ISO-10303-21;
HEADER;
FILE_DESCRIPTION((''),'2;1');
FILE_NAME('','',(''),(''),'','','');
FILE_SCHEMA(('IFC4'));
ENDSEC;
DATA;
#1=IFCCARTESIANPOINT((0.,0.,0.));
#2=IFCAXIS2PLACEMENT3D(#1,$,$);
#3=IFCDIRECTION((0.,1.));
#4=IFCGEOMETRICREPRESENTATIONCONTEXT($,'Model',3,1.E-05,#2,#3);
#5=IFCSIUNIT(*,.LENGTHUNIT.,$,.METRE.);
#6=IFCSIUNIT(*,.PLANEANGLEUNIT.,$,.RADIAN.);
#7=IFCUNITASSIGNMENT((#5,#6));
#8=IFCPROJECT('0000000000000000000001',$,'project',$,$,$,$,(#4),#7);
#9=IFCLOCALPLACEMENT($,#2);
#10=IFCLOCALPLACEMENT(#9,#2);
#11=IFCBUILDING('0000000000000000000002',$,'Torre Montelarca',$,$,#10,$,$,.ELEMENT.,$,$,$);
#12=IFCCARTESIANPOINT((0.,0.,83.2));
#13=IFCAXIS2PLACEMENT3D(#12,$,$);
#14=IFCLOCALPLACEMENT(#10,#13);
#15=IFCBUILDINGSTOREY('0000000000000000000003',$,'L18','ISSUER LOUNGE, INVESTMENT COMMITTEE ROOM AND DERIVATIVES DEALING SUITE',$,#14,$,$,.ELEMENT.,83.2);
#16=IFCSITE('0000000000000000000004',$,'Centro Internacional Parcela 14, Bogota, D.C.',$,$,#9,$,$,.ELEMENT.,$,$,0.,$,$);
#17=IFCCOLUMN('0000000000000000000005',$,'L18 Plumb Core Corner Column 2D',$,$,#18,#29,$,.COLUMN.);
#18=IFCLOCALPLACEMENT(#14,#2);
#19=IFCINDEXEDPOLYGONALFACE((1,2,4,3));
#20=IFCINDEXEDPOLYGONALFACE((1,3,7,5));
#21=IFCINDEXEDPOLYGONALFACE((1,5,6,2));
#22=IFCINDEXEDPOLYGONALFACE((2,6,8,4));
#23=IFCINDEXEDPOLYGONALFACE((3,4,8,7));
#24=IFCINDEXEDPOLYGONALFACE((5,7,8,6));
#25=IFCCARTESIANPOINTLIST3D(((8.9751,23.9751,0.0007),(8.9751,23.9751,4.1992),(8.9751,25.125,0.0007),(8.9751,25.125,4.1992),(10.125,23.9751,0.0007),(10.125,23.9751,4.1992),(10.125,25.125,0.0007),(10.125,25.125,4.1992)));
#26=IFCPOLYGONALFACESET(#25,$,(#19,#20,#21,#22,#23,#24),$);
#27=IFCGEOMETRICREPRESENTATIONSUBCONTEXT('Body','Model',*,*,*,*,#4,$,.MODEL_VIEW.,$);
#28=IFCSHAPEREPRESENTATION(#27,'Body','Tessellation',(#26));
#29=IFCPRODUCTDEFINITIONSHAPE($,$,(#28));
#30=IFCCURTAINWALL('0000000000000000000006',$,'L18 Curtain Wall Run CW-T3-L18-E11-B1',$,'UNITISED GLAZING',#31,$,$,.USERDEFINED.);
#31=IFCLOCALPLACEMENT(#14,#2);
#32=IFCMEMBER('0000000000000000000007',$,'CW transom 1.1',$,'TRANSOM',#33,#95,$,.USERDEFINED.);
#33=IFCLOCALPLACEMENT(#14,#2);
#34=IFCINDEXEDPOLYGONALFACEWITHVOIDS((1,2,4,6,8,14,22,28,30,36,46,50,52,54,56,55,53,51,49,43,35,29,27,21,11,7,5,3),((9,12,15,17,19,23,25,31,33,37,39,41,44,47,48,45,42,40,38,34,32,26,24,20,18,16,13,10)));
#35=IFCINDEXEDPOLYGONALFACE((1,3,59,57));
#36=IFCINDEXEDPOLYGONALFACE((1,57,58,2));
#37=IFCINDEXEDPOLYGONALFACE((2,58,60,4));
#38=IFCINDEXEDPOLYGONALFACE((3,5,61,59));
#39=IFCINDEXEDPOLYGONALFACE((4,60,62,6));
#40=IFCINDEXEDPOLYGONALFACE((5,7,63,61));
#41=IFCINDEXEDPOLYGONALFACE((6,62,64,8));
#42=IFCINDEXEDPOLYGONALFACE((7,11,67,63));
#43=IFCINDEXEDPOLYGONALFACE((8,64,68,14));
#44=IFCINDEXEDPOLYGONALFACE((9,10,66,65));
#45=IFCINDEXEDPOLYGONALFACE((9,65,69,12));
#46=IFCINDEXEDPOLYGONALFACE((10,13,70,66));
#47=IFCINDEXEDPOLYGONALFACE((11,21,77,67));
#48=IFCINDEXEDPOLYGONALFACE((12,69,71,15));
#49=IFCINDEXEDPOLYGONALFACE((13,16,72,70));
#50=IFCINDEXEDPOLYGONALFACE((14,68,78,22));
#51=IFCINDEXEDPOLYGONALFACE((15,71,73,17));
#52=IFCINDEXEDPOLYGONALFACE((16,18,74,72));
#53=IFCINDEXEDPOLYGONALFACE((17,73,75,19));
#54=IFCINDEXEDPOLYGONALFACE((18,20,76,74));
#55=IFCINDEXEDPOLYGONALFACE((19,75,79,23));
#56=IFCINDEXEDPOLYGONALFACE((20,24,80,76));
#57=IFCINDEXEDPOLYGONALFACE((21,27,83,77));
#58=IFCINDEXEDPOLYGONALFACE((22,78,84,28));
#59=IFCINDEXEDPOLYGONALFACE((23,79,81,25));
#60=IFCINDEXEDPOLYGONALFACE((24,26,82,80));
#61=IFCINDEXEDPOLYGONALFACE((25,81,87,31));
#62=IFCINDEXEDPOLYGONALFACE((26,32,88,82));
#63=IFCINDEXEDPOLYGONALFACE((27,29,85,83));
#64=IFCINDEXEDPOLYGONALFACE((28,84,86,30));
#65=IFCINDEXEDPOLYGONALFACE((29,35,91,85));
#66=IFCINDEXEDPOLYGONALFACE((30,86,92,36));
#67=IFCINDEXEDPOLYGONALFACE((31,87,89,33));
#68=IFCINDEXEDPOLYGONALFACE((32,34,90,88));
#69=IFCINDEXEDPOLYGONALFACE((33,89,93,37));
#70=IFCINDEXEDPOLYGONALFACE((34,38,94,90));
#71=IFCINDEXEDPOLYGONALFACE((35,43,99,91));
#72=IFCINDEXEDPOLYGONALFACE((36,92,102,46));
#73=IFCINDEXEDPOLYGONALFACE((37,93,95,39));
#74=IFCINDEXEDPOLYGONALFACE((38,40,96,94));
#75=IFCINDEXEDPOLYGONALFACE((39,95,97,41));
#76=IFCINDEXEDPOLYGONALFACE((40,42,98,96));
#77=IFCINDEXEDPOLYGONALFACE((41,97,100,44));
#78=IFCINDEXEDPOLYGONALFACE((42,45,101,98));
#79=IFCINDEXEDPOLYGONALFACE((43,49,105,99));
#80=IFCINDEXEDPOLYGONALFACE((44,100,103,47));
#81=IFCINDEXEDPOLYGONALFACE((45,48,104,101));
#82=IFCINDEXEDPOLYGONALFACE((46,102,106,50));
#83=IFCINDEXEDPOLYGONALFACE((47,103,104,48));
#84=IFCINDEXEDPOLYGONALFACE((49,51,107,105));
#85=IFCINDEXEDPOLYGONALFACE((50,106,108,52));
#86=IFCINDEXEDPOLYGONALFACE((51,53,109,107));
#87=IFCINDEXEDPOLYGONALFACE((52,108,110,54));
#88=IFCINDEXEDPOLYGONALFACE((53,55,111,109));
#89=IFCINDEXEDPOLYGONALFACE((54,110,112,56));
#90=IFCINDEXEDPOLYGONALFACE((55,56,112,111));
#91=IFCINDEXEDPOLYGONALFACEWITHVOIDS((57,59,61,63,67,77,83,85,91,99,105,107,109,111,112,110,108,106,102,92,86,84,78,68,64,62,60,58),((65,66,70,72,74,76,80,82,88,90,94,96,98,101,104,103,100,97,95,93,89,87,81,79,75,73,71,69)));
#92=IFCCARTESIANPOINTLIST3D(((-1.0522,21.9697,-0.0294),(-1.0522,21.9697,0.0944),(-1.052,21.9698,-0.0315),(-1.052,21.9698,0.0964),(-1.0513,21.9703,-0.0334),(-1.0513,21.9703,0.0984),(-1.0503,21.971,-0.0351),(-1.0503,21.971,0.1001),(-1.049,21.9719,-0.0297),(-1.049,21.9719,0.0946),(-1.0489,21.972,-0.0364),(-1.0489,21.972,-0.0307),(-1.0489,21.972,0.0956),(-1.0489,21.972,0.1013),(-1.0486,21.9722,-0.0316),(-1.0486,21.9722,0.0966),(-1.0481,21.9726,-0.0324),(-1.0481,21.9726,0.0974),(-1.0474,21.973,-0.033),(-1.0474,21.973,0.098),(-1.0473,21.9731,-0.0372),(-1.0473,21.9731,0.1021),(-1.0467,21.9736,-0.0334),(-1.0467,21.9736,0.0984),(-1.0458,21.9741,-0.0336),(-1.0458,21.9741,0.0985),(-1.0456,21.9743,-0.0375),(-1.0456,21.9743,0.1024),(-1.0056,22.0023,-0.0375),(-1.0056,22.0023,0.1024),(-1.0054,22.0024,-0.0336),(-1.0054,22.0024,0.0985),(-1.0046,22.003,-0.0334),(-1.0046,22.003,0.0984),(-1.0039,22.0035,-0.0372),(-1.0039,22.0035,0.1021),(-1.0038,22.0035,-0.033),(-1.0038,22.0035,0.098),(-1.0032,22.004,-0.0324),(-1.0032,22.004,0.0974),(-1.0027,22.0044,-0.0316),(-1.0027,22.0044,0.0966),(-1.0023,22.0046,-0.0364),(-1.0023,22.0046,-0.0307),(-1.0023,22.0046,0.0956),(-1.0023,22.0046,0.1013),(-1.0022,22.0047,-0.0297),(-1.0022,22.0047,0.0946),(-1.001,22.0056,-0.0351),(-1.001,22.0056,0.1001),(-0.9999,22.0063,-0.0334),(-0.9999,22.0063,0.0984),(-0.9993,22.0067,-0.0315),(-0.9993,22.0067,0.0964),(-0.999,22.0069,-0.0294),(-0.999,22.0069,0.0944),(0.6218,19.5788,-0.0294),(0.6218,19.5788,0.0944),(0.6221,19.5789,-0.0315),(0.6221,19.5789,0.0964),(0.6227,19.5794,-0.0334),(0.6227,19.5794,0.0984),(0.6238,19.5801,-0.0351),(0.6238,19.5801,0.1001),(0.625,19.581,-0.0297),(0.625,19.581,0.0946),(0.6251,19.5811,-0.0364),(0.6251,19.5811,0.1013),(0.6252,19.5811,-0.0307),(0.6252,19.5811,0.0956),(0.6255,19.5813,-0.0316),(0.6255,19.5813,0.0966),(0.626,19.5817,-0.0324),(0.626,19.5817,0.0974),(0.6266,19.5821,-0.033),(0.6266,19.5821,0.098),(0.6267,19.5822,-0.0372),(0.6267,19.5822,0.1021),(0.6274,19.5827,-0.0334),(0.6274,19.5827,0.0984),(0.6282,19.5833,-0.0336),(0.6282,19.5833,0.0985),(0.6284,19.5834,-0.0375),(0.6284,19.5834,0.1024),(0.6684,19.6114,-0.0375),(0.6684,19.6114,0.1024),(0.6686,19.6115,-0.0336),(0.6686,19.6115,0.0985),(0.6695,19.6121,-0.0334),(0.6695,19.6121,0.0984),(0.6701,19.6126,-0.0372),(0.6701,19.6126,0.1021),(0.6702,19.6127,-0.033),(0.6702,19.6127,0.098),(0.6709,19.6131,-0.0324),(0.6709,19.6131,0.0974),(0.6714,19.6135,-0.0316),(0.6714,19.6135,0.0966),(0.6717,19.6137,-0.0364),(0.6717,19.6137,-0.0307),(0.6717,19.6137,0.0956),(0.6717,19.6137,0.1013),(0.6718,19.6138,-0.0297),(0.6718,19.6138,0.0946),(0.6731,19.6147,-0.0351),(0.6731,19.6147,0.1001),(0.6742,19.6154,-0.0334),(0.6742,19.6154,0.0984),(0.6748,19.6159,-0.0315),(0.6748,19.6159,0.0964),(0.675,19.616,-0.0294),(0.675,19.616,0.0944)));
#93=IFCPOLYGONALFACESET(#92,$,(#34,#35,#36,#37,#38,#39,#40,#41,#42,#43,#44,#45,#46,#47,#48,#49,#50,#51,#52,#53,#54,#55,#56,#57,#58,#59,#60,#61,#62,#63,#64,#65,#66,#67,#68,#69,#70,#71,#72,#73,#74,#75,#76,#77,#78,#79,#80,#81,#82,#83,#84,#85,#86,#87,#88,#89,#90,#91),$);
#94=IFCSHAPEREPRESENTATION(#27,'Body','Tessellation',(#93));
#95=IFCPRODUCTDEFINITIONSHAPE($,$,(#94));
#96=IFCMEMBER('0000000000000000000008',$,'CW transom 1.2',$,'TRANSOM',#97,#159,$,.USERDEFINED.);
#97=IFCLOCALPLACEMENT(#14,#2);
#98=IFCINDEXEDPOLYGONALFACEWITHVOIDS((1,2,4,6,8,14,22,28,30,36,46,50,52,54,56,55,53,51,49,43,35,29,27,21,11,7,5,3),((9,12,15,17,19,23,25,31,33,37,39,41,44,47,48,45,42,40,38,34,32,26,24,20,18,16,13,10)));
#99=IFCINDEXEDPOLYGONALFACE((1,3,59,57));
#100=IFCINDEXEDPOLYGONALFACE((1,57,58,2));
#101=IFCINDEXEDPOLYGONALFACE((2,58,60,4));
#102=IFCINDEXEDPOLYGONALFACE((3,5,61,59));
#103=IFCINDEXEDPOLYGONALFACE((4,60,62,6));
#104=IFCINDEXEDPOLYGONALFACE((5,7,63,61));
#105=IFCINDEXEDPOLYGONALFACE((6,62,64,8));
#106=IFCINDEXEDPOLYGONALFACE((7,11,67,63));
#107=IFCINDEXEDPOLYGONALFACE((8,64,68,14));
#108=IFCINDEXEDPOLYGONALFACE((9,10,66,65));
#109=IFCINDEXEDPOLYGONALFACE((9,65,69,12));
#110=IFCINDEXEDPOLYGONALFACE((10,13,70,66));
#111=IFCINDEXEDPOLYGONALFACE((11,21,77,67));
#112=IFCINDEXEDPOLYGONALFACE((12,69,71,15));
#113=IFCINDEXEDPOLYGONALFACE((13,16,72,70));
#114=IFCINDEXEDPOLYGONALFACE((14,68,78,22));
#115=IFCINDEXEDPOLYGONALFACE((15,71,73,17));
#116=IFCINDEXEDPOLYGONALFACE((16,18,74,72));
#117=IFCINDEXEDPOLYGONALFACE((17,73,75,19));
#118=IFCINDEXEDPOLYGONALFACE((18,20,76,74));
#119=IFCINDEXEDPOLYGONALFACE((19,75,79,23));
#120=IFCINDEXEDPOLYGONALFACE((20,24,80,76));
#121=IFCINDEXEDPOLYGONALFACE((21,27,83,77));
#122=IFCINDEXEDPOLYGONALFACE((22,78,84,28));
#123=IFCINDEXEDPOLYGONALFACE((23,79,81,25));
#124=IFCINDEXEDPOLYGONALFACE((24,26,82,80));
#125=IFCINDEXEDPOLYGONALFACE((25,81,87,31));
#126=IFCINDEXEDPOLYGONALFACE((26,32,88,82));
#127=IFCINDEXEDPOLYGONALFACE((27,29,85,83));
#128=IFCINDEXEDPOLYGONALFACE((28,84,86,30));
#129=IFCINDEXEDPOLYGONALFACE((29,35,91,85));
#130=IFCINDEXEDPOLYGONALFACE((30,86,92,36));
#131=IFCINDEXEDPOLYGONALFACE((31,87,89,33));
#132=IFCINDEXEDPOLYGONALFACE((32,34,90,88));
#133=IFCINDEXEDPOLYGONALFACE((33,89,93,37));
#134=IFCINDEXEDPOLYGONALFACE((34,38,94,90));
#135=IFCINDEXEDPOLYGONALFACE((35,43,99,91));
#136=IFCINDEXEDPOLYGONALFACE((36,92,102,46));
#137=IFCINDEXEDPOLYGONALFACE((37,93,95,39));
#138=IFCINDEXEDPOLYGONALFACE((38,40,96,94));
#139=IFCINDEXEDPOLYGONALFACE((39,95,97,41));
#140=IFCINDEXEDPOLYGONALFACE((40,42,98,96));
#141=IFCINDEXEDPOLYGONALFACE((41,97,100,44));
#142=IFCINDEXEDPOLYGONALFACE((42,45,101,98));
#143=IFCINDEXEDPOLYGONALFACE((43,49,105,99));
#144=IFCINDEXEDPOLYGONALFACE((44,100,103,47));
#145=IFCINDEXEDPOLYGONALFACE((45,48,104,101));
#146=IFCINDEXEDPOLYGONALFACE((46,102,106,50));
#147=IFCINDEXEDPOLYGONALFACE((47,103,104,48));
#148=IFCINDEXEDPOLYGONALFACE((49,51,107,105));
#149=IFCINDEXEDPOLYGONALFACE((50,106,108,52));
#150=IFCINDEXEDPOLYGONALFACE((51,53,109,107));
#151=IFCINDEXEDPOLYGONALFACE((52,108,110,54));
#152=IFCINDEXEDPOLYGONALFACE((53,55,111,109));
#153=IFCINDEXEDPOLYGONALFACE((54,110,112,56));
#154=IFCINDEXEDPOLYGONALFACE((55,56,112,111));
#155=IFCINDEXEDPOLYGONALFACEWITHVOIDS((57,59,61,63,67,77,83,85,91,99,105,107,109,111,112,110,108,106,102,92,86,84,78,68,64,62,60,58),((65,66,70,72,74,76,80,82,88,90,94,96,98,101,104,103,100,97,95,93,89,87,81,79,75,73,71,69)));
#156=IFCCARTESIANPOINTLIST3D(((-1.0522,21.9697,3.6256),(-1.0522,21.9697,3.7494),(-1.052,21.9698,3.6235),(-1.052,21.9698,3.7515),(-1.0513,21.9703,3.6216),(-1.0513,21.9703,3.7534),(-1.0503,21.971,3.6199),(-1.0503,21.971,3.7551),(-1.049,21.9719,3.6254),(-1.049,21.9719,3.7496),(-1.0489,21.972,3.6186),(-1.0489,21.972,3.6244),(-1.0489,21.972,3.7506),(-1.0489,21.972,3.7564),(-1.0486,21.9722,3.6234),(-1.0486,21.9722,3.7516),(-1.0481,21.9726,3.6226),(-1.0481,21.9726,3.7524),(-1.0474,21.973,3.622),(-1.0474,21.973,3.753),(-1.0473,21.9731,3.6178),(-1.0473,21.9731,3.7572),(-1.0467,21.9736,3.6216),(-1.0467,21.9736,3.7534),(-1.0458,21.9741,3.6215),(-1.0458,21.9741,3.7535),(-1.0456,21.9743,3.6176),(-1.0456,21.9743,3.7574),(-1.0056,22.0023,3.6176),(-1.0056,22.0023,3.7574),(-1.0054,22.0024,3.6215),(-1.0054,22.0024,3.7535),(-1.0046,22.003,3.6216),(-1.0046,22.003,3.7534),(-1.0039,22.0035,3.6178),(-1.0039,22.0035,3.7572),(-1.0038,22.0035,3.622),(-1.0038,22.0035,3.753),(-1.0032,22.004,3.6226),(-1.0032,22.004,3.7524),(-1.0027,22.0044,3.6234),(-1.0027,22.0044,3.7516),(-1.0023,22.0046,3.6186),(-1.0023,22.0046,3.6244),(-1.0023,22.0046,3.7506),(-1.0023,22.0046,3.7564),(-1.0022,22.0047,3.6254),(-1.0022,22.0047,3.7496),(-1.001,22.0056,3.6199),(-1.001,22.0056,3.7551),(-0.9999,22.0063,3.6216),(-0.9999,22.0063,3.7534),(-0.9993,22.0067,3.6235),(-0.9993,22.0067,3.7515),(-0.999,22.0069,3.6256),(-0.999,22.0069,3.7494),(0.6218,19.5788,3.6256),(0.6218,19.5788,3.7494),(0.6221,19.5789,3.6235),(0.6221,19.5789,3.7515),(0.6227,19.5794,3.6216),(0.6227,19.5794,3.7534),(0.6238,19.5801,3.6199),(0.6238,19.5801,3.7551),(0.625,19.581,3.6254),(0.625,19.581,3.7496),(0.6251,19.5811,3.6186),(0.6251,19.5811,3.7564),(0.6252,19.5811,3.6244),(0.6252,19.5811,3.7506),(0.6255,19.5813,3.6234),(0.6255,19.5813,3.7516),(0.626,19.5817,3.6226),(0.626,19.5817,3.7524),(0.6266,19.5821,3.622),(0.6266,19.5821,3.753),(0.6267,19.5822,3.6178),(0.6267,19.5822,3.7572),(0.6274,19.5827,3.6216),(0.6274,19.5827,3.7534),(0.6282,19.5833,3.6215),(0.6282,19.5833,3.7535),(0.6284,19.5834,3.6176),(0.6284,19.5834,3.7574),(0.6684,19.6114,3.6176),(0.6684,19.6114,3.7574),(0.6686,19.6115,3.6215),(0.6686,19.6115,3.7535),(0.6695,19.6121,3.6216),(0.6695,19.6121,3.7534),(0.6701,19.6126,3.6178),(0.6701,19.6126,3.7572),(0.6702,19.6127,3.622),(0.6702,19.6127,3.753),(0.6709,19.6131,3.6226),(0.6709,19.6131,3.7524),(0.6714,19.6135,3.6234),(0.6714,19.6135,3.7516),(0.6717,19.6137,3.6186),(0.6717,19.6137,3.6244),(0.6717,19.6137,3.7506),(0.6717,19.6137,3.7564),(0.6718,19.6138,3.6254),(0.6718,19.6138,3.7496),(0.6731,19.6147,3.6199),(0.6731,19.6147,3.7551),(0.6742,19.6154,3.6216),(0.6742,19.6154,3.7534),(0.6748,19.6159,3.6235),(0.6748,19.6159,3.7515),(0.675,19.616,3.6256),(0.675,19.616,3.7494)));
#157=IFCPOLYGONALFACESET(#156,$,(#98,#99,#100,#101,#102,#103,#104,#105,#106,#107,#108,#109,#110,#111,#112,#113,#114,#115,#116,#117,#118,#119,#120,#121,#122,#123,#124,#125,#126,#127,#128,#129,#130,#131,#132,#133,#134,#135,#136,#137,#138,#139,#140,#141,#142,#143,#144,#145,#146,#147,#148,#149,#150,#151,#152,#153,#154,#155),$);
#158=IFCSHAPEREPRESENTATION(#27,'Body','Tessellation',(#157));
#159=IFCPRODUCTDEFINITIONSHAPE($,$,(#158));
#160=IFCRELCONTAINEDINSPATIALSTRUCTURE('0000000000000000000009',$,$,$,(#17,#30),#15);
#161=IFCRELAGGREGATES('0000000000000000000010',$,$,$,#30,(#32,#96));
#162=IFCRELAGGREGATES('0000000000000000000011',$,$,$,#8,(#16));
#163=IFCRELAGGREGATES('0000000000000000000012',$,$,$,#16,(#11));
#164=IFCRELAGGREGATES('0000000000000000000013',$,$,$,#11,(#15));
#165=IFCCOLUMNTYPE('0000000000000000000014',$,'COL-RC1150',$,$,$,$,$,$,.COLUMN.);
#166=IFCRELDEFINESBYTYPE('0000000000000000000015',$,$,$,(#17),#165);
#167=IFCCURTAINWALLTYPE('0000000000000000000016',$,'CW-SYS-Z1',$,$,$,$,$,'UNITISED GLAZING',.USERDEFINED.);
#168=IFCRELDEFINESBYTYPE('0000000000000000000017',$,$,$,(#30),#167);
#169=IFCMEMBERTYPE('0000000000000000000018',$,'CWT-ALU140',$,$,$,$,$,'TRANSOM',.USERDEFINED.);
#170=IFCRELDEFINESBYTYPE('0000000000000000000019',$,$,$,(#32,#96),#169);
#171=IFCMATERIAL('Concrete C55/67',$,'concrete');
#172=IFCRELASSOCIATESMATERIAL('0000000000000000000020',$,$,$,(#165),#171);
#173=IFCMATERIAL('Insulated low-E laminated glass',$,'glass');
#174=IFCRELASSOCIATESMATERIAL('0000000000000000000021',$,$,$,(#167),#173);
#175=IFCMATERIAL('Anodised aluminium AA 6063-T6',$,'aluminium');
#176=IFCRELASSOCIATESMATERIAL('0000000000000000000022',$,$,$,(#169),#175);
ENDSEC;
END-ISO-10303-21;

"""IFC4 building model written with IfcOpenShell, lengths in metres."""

from ifc_helpers import new_model, si_unit, direction, frame, origin, origin_2d, place, context, subcontext, project, spatial, rectangle, hollow_rectangle, extrude, source, transform, mapped, material, material_profile, profile_set, type_object, element, aggregate, save


model = new_model("IFC4")

# Units and contexts
model_context = context("Model", 3, precision=1e-05, world=origin(), true_north=direction((0.0, 1.0)))
body_context = subcontext(model_context, "Body", "Model", "MODEL_VIEW")
ifc_project = project(units=[si_unit("LENGTHUNIT", "METRE"), si_unit("PLANEANGLEUNIT", "RADIAN")], contexts=[model_context])

# Site, building, storey
site_placement = place(None, origin())
site = spatial("IfcSite", under=ifc_project, at=site_placement, Name="Centro Internacional Parcela 14, Bogota, D.C.", CompositionType="ELEMENT", RefElevation=0.0)
building_placement = place(site_placement, origin())
building = spatial("IfcBuilding", under=site, at=building_placement, Name="Torre Montelarca", CompositionType="ELEMENT")
storey_placement = place(building_placement, frame((0.0, 0.0, 83.2)))
storey = spatial("IfcBuildingStorey", under=building, at=storey_placement, Name="L18", Description="ISSUER LOUNGE, INVESTMENT COMMITTEE ROOM AND DERIVATIVES DEALING SUITE", CompositionType="ELEMENT", Elevation=83.2)

# Column
ifc_material_1 = material(Name="Concrete C55/67", Category="concrete")
ifc_material_profile_1 = material_profile(ifc_material_1, rectangle(XDim=1.1499, YDim=1.1499, at=origin_2d()), Name="RC1150X1150", Category="concrete")
ifc_profile_set_1 = profile_set([ifc_material_profile_1], Name="Concrete C55/67")
column_type = type_object("IfcColumnType", Name="COL-RC1150", PredefinedType="COLUMN", material=ifc_profile_set_1)
shared_shape_1 = source(origin(), body_context, "Body", "SweptSolid", [
    extrude(rectangle(XDim=1.1499, YDim=1.1499, at=origin_2d()), origin(), (0.0, 0.0, 1.0), 4.1985),
])
column_placement = place(storey_placement, frame((9.55, 24.55, 0.0007), z_axis=(0.0, 0.0, 1.0), x_axis=(1.0, 0.0, 0.0)))
element("IfcColumn", 1, at=column_placement, inside=storey, type_object=column_type, Name="L18 Plumb Core Corner Column 2D", PredefinedType="COLUMN", context=body_context, shape_type="MappedRepresentation", body=[
    mapped(shared_shape_1, transform((0.0, 0.0, 0.0), scale=1.0)),
])

# Curtain wall, members
ifc_material_2 = material(Name="Insulated low-E laminated glass", Category="glass")
curtain_wall_type = type_object("IfcCurtainWallType", Name="CW-SYS-Z1", ElementType="UNITISED GLAZING", PredefinedType="USERDEFINED", material=ifc_material_2)
curtain_wall_1_placement = place(storey_placement, origin())
curtain_wall_1 = element("IfcCurtainWall", 2, at=curtain_wall_1_placement, inside=storey, type_object=curtain_wall_type, Name="L18 Curtain Wall Run CW-T3-L18-E11-B1", ObjectType="UNITISED GLAZING", PredefinedType="USERDEFINED")
ifc_material_3 = material(Name="Anodised aluminium AA 6063-T6", Category="aluminium")
ifc_material_profile_2 = material_profile(ifc_material_3, hollow_rectangle(XDim=0.0649, YDim=0.1399, WallThickness=0.0039, InnerFilletRadius=0.0039, OuterFilletRadius=0.0081, at=origin_2d()), Name="ALU65X140X4", Category="aluminium")
ifc_profile_set_2 = profile_set([ifc_material_profile_2], Name="Anodised aluminium AA 6063-T6")
member_type_1 = type_object("IfcMemberType", Name="CWT-ALU140", ElementType="TRANSOM", PredefinedType="USERDEFINED", material=ifc_profile_set_2)
shared_shape_2 = source(origin(), body_context, "Body", "SweptSolid", [
    extrude(hollow_rectangle(XDim=0.0649, YDim=0.1399, WallThickness=0.0039, InnerFilletRadius=0.0039, OuterFilletRadius=0.0081, at=origin_2d()), origin(), (0.0, 0.0, 1.0), 2.9187),
])
member_1_placement = place(storey_placement, frame((-1.0256, 21.9883, 0.0325), z_axis=(0.573569, -0.819157, 0.0), x_axis=(0.819157, 0.573569, 0.0)))
member_1 = element("IfcMember", 3, at=member_1_placement, type_object=member_type_1, Name="CW transom 1.1", ObjectType="TRANSOM", PredefinedType="USERDEFINED", context=body_context, shape_type="MappedRepresentation", body=[
    mapped(shared_shape_2, transform((0.0, 0.0, 0.0), scale=1.0)),
])
member_2_placement = place(storey_placement, frame((-1.0256, 21.9883, 3.6875), z_axis=(0.573569, -0.819157, 0.0), x_axis=(0.819157, 0.573569, 0.0)))
member_2 = element("IfcMember", 4, at=member_2_placement, type_object=member_type_1, Name="CW transom 1.2", ObjectType="TRANSOM", PredefinedType="USERDEFINED", context=body_context, shape_type="MappedRepresentation", body=[
    mapped(shared_shape_2, transform((0.0, 0.0, 0.0), scale=1.0)),
])

aggregate(curtain_wall_1, [member_1, member_2])

save(model, "model.ifc")
